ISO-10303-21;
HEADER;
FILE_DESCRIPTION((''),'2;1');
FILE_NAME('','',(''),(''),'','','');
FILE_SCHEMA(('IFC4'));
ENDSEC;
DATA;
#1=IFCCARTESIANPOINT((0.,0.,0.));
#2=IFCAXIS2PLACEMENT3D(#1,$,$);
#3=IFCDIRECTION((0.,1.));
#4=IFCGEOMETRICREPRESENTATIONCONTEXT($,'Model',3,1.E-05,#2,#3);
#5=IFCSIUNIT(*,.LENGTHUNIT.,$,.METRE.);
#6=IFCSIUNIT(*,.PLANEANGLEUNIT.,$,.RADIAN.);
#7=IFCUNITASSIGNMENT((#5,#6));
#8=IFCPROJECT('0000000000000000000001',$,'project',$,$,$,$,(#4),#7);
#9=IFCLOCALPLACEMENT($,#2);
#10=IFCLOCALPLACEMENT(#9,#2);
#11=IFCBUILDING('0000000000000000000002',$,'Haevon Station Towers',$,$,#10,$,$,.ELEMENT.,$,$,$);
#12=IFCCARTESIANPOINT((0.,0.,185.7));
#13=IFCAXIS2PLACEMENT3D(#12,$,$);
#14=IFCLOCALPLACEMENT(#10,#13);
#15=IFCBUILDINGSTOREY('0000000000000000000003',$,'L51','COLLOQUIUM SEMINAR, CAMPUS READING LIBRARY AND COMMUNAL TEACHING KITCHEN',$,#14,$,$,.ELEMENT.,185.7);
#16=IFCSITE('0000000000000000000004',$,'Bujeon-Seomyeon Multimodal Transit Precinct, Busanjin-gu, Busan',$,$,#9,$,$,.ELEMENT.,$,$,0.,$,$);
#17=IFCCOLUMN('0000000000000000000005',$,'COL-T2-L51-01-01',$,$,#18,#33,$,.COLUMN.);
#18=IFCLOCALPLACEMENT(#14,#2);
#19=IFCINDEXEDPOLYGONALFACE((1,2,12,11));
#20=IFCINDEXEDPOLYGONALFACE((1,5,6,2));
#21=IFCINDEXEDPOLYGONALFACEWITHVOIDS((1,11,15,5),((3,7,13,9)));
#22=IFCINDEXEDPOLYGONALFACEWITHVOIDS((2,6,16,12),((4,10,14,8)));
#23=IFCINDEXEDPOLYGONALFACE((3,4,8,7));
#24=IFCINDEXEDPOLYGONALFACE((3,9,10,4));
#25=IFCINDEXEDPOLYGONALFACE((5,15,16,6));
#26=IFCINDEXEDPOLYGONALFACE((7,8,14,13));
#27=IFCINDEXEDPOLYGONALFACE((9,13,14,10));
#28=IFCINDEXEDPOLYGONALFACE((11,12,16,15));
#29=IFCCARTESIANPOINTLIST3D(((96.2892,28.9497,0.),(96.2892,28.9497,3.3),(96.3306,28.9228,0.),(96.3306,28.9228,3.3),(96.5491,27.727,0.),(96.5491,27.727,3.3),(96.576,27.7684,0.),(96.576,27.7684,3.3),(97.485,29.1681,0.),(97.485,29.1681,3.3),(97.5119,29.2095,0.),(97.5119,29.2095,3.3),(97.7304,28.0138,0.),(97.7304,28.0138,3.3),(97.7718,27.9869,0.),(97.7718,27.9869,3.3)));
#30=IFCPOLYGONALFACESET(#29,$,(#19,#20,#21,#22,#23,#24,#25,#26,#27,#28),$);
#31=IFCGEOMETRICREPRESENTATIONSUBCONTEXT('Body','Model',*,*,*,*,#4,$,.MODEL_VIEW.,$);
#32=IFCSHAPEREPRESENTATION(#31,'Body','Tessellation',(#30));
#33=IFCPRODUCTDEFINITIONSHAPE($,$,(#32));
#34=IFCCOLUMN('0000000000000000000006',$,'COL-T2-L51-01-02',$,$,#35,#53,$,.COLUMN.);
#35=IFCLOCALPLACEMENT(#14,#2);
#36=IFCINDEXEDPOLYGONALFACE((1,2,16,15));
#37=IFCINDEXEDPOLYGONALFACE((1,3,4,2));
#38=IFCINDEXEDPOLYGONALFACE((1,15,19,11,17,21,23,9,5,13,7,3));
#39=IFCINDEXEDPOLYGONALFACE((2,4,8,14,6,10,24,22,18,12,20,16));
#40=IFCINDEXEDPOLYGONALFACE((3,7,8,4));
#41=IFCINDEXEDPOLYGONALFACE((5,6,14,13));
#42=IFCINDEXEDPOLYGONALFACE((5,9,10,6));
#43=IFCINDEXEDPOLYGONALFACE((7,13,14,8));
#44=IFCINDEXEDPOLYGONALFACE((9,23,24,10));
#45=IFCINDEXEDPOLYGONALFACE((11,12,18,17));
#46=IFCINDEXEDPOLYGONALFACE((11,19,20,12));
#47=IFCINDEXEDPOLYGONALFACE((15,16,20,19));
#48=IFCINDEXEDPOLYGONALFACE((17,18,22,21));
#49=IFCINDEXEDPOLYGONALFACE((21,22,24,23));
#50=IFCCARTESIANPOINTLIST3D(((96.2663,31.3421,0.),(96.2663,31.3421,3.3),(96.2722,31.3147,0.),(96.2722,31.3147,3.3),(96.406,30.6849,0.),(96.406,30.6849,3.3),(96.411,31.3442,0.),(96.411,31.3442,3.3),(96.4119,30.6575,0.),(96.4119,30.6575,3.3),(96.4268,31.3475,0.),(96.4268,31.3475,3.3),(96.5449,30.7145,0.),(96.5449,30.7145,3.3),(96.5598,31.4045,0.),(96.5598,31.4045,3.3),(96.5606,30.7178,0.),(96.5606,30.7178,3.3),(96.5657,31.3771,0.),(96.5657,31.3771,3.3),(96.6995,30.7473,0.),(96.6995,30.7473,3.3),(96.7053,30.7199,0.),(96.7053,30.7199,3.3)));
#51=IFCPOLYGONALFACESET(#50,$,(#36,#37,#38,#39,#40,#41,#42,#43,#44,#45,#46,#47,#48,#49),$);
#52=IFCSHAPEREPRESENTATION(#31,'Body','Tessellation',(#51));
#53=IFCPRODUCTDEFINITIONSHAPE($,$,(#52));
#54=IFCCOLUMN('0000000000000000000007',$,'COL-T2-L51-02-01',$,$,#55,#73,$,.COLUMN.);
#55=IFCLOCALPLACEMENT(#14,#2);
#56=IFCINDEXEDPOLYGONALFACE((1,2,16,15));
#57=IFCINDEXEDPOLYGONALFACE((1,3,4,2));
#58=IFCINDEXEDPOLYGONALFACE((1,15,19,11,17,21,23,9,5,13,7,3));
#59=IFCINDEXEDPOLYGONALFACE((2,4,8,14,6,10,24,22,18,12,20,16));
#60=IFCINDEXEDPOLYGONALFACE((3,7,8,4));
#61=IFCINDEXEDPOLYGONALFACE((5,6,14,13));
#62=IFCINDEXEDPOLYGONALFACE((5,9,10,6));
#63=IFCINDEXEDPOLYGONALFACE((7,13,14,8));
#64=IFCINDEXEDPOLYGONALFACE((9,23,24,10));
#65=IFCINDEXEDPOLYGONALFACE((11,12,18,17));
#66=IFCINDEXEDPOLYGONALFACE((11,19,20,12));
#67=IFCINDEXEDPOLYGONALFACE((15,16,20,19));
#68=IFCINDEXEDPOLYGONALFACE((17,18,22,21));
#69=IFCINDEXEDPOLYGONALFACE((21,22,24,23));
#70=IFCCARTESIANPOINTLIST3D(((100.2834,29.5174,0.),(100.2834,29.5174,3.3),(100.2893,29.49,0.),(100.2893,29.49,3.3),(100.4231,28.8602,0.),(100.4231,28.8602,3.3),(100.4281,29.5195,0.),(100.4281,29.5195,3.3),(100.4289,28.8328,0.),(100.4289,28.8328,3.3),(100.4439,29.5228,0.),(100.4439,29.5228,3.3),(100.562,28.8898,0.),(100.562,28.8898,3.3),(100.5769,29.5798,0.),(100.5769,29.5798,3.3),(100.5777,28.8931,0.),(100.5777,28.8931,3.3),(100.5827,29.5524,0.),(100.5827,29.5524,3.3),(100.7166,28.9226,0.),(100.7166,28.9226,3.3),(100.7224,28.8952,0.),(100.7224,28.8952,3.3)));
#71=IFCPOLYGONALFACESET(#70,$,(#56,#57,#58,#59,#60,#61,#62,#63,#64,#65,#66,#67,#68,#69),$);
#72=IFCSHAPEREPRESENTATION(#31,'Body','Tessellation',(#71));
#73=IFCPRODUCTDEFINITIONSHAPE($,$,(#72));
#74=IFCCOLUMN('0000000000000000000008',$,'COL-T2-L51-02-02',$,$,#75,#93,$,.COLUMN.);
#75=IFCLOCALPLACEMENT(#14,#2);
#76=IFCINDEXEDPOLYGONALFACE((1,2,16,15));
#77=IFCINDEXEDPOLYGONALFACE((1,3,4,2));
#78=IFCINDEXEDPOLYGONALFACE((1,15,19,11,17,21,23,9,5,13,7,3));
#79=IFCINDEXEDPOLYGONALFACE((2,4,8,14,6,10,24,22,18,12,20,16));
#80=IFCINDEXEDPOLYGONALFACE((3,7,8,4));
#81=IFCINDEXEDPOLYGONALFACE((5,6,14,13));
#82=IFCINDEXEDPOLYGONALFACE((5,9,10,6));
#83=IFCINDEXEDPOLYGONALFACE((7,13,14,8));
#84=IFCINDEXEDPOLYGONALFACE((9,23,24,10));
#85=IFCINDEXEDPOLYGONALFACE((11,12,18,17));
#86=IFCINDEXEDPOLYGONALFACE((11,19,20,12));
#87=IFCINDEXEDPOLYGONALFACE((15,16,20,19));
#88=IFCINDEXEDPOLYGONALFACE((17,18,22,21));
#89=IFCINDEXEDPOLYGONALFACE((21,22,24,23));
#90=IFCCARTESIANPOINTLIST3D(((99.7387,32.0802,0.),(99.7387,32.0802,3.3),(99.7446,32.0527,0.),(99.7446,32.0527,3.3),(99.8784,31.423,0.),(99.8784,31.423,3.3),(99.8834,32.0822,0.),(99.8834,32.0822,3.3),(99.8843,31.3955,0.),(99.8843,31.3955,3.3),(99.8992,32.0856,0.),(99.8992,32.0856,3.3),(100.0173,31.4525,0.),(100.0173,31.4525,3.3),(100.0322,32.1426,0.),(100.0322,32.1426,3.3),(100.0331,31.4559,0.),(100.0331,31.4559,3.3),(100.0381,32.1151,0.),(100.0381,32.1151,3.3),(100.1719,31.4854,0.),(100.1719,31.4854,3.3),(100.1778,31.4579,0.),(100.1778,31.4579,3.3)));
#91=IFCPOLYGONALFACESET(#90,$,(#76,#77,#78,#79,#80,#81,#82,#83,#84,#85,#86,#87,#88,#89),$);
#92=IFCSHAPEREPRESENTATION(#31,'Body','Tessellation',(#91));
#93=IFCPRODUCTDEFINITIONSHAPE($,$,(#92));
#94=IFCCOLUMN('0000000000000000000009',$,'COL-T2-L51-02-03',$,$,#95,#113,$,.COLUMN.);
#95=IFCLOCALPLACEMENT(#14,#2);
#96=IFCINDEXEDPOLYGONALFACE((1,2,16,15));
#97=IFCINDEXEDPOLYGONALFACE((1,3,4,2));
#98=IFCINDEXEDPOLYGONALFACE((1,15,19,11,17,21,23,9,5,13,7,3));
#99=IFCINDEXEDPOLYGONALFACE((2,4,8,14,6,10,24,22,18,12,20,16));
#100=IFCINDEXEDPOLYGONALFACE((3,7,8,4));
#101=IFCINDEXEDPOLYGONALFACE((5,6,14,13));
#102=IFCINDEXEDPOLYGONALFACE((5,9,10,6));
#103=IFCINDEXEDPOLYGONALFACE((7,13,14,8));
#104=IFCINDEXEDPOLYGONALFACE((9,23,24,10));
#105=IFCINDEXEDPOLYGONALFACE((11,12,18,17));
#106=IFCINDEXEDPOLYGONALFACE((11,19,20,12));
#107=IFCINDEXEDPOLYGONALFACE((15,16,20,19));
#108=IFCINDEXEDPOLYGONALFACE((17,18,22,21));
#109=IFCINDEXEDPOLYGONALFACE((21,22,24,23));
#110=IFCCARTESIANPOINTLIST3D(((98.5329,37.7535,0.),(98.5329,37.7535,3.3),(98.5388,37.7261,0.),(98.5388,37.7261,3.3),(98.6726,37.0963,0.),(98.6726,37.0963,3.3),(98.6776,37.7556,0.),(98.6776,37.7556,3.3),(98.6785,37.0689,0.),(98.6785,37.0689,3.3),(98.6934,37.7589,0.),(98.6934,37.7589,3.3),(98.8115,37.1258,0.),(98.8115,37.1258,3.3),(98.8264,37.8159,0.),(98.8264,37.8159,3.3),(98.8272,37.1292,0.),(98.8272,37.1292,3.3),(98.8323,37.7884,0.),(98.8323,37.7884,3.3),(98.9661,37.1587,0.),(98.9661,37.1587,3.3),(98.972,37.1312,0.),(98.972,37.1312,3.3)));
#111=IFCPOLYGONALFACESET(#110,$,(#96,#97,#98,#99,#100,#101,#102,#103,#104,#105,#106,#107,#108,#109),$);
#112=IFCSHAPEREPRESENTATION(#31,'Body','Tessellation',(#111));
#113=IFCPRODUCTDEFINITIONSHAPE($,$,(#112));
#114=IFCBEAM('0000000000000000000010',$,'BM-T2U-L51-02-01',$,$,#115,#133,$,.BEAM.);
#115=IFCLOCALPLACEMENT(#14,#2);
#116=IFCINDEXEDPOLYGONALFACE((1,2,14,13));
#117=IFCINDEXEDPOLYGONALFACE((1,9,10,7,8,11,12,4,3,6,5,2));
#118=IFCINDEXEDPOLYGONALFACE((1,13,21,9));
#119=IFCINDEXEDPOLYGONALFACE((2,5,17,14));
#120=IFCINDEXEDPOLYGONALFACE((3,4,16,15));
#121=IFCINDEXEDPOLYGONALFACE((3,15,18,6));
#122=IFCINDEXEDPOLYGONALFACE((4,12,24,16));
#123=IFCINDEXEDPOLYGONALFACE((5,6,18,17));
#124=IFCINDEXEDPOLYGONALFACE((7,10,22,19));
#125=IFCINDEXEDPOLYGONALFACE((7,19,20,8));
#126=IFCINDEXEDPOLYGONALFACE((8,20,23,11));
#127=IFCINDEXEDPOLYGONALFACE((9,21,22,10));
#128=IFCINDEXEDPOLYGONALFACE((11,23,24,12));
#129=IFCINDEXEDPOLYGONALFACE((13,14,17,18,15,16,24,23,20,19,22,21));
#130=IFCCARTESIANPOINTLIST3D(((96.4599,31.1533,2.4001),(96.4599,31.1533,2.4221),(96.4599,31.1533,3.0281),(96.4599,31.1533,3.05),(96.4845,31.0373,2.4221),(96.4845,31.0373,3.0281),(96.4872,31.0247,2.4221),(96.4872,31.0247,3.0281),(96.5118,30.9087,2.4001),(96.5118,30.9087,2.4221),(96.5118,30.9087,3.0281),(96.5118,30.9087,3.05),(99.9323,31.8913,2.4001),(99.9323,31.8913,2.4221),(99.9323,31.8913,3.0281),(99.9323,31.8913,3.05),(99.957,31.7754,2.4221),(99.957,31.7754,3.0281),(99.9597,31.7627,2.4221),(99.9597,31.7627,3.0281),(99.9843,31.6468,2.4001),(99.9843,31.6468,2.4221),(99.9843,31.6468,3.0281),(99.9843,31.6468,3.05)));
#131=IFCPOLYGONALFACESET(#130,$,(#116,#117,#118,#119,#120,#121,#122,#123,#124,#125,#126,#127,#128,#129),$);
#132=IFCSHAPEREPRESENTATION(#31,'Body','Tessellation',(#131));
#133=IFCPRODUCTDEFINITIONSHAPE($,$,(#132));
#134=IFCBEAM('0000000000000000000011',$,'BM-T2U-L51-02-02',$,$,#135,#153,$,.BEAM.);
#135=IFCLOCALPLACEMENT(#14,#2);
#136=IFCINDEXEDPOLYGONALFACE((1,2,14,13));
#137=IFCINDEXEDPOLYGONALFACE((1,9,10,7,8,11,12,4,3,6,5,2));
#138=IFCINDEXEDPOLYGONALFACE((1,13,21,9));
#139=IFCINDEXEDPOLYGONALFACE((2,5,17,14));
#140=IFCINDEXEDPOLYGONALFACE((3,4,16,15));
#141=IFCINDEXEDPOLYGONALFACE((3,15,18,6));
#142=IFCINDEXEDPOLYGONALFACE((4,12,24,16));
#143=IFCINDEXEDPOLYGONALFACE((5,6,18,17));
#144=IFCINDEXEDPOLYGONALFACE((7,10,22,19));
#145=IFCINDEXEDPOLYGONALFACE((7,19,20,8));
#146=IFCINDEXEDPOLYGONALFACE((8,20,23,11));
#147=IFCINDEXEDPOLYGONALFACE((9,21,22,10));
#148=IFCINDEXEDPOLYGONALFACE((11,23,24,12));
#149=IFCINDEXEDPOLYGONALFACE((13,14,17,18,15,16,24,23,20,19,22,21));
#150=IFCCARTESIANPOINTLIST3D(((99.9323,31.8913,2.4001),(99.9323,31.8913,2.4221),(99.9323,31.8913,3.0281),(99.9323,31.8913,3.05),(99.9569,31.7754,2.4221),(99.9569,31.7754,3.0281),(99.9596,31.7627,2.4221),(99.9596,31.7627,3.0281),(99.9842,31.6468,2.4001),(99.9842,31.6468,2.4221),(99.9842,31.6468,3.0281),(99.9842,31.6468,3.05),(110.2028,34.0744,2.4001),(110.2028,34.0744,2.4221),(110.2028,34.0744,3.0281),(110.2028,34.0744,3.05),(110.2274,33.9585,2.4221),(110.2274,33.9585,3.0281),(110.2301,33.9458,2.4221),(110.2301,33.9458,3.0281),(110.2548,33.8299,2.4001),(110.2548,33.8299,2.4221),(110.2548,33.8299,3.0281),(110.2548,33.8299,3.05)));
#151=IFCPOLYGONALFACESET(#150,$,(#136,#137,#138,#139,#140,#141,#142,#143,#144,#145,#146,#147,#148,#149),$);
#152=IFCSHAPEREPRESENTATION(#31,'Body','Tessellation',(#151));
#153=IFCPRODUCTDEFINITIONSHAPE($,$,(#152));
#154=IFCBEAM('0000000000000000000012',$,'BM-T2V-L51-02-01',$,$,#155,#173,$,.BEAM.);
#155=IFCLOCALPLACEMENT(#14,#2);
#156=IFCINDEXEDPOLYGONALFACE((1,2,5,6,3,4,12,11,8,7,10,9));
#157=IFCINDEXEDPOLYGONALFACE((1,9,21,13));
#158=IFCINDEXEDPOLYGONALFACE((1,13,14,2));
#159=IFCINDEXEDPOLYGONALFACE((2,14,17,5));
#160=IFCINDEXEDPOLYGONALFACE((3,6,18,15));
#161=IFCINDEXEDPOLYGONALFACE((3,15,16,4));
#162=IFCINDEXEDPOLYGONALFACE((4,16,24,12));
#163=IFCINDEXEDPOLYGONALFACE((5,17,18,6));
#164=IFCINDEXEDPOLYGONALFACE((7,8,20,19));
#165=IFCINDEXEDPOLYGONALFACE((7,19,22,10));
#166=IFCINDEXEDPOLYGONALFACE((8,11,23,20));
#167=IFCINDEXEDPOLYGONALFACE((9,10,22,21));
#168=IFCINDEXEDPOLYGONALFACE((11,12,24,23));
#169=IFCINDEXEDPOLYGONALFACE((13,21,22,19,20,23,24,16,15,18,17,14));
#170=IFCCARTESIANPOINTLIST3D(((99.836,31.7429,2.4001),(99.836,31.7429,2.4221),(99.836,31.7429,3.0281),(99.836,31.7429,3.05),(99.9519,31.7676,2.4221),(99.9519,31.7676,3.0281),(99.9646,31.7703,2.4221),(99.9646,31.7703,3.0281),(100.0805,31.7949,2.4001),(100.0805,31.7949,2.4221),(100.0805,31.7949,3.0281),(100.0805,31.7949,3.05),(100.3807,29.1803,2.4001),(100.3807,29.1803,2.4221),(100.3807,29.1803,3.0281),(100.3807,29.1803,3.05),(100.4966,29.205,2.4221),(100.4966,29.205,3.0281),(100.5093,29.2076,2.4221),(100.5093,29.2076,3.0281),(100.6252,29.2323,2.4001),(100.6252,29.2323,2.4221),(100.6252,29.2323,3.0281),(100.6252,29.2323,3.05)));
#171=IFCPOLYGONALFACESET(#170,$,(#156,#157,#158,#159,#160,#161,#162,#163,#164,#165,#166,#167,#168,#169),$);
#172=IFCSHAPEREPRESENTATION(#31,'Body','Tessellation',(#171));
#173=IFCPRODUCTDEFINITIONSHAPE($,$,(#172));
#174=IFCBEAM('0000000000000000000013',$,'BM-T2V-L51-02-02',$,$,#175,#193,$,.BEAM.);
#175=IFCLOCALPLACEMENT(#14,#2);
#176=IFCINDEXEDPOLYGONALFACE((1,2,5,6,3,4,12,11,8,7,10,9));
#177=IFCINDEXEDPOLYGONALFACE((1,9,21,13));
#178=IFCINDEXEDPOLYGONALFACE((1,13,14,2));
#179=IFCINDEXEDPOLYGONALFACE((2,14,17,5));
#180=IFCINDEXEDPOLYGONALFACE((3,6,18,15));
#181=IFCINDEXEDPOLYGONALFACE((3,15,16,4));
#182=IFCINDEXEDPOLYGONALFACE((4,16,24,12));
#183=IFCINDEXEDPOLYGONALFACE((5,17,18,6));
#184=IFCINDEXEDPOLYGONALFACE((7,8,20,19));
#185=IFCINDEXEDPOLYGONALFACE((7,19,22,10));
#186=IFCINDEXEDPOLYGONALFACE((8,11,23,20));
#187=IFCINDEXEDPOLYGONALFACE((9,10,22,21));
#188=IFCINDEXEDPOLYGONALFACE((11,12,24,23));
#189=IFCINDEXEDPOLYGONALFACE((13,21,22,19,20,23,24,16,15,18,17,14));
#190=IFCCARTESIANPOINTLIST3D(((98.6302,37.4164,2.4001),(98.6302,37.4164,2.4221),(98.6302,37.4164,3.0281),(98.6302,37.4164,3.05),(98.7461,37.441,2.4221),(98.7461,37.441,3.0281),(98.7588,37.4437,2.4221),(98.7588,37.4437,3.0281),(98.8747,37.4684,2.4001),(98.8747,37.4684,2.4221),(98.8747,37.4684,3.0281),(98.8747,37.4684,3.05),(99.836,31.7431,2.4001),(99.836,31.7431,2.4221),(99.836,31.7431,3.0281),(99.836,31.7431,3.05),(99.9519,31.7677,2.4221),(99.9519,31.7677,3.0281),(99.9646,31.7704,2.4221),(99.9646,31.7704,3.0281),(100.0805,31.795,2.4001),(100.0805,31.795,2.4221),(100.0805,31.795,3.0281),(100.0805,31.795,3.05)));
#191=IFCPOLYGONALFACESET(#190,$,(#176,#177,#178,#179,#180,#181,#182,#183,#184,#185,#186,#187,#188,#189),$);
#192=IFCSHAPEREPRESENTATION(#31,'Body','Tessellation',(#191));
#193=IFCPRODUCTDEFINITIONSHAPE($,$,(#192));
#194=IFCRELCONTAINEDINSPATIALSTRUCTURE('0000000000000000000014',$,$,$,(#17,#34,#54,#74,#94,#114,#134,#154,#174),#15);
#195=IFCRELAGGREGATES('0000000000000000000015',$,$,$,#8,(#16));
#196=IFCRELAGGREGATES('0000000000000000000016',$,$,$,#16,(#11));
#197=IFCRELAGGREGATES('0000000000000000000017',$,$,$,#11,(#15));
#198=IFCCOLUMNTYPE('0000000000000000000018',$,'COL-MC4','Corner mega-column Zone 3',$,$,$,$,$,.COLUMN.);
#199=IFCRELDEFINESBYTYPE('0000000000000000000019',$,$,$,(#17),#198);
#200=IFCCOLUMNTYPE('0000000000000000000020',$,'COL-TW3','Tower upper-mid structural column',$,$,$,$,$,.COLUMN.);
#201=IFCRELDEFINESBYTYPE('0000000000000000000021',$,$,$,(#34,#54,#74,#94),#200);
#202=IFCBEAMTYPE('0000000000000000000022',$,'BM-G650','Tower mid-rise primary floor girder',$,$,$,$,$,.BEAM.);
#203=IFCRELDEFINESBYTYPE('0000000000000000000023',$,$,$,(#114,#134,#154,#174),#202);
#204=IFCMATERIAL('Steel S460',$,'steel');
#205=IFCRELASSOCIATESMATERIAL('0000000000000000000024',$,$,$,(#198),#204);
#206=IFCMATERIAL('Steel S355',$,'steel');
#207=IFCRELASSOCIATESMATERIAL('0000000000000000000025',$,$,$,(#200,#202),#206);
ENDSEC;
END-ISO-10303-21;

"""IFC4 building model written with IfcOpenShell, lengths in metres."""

from ifc_helpers import new_model, si_unit, direction, frame, origin, origin_2d, place, context, subcontext, project, spatial, hollow_rectangle, i_section, extrude, material, material_profile, profile_set, type_object, element, save


model = new_model("IFC4")

# Units and contexts
model_context = context("Model", 3, precision=1e-05, world=origin(), true_north=direction((0.0, 1.0)))
body_context = subcontext(model_context, "Body", "Model", "MODEL_VIEW")
ifc_project = project(units=[si_unit("LENGTHUNIT", "METRE"), si_unit("PLANEANGLEUNIT", "RADIAN")], contexts=[model_context])

# Site, building, storey
site_placement = place(None, origin())
site = spatial("IfcSite", under=ifc_project, at=site_placement, Name="Bujeon-Seomyeon Multimodal Transit Precinct, Busanjin-gu, Busan", CompositionType="ELEMENT", RefElevation=0.0)
building_placement = place(site_placement, origin())
building = spatial("IfcBuilding", under=site, at=building_placement, Name="Haevon Station Towers", CompositionType="ELEMENT")
storey_placement = place(building_placement, frame((0.0, 0.0, 185.7)))
storey = spatial("IfcBuildingStorey", under=building, at=storey_placement, Name="L51", Description="COLLOQUIUM SEMINAR, CAMPUS READING LIBRARY AND COMMUNAL TEACHING KITCHEN", CompositionType="ELEMENT", Elevation=185.7)

# Columns
ifc_material_1 = material(Name="Steel S460", Category="steel")
ifc_material_profile_1 = material_profile(ifc_material_1, hollow_rectangle(XDim=1.25, YDim=1.25, WallThickness=0.0349, at=origin_2d()), Name="BOX-1250x1250x35")
ifc_profile_set_1 = profile_set([ifc_material_profile_1], Name="Steel S460")
column_type_1 = type_object("IfcColumnType", Name="COL-MC4", Description="Corner mega-column Zone 3", PredefinedType="COLUMN", material=ifc_profile_set_1)
column_placement = place(storey_placement, frame((97.0305, 28.4683, 0.0), z_axis=(0.0, 0.0, 1.0), x_axis=(0.978148, 0.207912, 0.0)))
element("IfcColumn", 1, at=column_placement, inside=storey, type_object=column_type_1, Name="COL-T2-L51-01-01", PredefinedType="COLUMN", context=body_context, shape_type="SweptSolid", body=[
    extrude(hollow_rectangle(XDim=1.25, YDim=1.25, WallThickness=0.0349, at=origin_2d()), origin(), (0.0, 0.0, 1.0), 3.3),
])
ifc_material_2 = material(Name="Steel S355", Category="steel")
ifc_material_profile_2 = material_profile(ifc_material_2, i_section(OverallWidth=0.3, OverallDepth=0.7, WebThickness=0.0161, FlangeThickness=0.0281, at=origin_2d()), Name="H-700x300x16x28")
ifc_profile_set_2 = profile_set([ifc_material_profile_2], Name="Steel S355")
column_type_2 = type_object("IfcColumnType", Name="COL-TW3", Description="Tower upper-mid structural column", PredefinedType="COLUMN", material=ifc_profile_set_2)
for number, where, z_axis, x_axis, name in (
    (2, (96.4858, 31.031, 0.0), (0.0, 0.0, 1.0), (0.978148, 0.207912, 0.0), "COL-T2-L51-01-02"),
    (3, (100.5029, 29.2063, 0.0), (0.0, 0.0, 1.0), (0.978148, 0.207912, 0.0), "COL-T2-L51-02-01"),
    (4, (99.9583, 31.769, 0.0), (0.0, 0.0, 1.0), (0.978148, 0.207912, 0.0), "COL-T2-L51-02-02"),
    (5, (98.7524, 37.4424, 0.0), (0.0, 0.0, 1.0), (0.978148, 0.207912, 0.0), "COL-T2-L51-02-03"),
):
    element("IfcColumn", number, at=place(storey_placement, frame(where, z_axis=z_axis, x_axis=x_axis)), inside=storey, type_object=column_type_2, Name=name, PredefinedType="COLUMN", context=body_context, shape_type="SweptSolid", body=[
        extrude(i_section(OverallWidth=0.3, OverallDepth=0.7, WebThickness=0.0161, FlangeThickness=0.0281, at=origin_2d()), origin(), (0.0, 0.0, 1.0), 3.3),
    ])

# Beams
ifc_material_profile_3 = material_profile(ifc_material_2, i_section(OverallWidth=0.25, OverallDepth=0.6499, WebThickness=0.0129, FlangeThickness=0.022, at=origin_2d()), Name="H-650x250x13x22")
ifc_profile_set_3 = profile_set([ifc_material_profile_3], Name="Steel S355")
beam_type_1 = type_object("IfcBeamType", Name="BM-G650", Description="Tower mid-rise primary floor girder", PredefinedType="BEAM", material=ifc_profile_set_3)
beam_1_placement = place(storey_placement, frame((96.4858, 31.031, 2.7251), z_axis=(0.97815, 0.207899, 0.0), x_axis=(-0.207899, 0.97815, 0.0)))
element("IfcBeam", 6, at=beam_1_placement, inside=storey, type_object=beam_type_1, Name="BM-T2U-L51-02-01", PredefinedType="BEAM", context=body_context, shape_type="SweptSolid", body=[
    extrude(i_section(OverallWidth=0.25, OverallDepth=0.6499, WebThickness=0.0129, FlangeThickness=0.022, at=origin_2d()), origin(), (0.0, 0.0, 1.0), 3.55),
])
beam_2_placement = place(storey_placement, frame((99.9583, 31.769, 2.7251), z_axis=(0.978147, 0.207915, 0.0), x_axis=(-0.207915, 0.978147, 0.0)))
element("IfcBeam", 7, at=beam_2_placement, inside=storey, type_object=beam_type_1, Name="BM-T2U-L51-02-02", PredefinedType="BEAM", context=body_context, shape_type="SweptSolid", body=[
    extrude(i_section(OverallWidth=0.25, OverallDepth=0.6499, WebThickness=0.0129, FlangeThickness=0.022, at=origin_2d()), origin(), (0.0, 0.0, 1.0), 10.5),
])
beam_3_placement = place(storey_placement, frame((100.5029, 29.2063, 2.7251), z_axis=(-0.207893, 0.978152, 0.0), x_axis=(-0.978152, -0.207893, 0.0)))
element("IfcBeam", 8, at=beam_3_placement, inside=storey, type_object=beam_type_1, Name="BM-T2V-L51-02-01", PredefinedType="BEAM", context=body_context, shape_type="SweptSolid", body=[
    extrude(i_section(OverallWidth=0.25, OverallDepth=0.6499, WebThickness=0.0129, FlangeThickness=0.022, at=origin_2d()), origin(), (0.0, 0.0, 1.0), 2.6199),
])
beam_4_placement = place(storey_placement, frame((99.9583, 31.769, 2.7251), z_axis=(-0.207896, 0.978151, 0.0), x_axis=(-0.978151, -0.207896, 0.0)))
element("IfcBeam", 9, at=beam_4_placement, inside=storey, type_object=beam_type_1, Name="BM-T2V-L51-02-02", PredefinedType="BEAM", context=body_context, shape_type="SweptSolid", body=[
    extrude(i_section(OverallWidth=0.25, OverallDepth=0.6499, WebThickness=0.0129, FlangeThickness=0.022, at=origin_2d()), origin(), (0.0, 0.0, 1.0), 5.8),
])

save(model, "model.ifc")
